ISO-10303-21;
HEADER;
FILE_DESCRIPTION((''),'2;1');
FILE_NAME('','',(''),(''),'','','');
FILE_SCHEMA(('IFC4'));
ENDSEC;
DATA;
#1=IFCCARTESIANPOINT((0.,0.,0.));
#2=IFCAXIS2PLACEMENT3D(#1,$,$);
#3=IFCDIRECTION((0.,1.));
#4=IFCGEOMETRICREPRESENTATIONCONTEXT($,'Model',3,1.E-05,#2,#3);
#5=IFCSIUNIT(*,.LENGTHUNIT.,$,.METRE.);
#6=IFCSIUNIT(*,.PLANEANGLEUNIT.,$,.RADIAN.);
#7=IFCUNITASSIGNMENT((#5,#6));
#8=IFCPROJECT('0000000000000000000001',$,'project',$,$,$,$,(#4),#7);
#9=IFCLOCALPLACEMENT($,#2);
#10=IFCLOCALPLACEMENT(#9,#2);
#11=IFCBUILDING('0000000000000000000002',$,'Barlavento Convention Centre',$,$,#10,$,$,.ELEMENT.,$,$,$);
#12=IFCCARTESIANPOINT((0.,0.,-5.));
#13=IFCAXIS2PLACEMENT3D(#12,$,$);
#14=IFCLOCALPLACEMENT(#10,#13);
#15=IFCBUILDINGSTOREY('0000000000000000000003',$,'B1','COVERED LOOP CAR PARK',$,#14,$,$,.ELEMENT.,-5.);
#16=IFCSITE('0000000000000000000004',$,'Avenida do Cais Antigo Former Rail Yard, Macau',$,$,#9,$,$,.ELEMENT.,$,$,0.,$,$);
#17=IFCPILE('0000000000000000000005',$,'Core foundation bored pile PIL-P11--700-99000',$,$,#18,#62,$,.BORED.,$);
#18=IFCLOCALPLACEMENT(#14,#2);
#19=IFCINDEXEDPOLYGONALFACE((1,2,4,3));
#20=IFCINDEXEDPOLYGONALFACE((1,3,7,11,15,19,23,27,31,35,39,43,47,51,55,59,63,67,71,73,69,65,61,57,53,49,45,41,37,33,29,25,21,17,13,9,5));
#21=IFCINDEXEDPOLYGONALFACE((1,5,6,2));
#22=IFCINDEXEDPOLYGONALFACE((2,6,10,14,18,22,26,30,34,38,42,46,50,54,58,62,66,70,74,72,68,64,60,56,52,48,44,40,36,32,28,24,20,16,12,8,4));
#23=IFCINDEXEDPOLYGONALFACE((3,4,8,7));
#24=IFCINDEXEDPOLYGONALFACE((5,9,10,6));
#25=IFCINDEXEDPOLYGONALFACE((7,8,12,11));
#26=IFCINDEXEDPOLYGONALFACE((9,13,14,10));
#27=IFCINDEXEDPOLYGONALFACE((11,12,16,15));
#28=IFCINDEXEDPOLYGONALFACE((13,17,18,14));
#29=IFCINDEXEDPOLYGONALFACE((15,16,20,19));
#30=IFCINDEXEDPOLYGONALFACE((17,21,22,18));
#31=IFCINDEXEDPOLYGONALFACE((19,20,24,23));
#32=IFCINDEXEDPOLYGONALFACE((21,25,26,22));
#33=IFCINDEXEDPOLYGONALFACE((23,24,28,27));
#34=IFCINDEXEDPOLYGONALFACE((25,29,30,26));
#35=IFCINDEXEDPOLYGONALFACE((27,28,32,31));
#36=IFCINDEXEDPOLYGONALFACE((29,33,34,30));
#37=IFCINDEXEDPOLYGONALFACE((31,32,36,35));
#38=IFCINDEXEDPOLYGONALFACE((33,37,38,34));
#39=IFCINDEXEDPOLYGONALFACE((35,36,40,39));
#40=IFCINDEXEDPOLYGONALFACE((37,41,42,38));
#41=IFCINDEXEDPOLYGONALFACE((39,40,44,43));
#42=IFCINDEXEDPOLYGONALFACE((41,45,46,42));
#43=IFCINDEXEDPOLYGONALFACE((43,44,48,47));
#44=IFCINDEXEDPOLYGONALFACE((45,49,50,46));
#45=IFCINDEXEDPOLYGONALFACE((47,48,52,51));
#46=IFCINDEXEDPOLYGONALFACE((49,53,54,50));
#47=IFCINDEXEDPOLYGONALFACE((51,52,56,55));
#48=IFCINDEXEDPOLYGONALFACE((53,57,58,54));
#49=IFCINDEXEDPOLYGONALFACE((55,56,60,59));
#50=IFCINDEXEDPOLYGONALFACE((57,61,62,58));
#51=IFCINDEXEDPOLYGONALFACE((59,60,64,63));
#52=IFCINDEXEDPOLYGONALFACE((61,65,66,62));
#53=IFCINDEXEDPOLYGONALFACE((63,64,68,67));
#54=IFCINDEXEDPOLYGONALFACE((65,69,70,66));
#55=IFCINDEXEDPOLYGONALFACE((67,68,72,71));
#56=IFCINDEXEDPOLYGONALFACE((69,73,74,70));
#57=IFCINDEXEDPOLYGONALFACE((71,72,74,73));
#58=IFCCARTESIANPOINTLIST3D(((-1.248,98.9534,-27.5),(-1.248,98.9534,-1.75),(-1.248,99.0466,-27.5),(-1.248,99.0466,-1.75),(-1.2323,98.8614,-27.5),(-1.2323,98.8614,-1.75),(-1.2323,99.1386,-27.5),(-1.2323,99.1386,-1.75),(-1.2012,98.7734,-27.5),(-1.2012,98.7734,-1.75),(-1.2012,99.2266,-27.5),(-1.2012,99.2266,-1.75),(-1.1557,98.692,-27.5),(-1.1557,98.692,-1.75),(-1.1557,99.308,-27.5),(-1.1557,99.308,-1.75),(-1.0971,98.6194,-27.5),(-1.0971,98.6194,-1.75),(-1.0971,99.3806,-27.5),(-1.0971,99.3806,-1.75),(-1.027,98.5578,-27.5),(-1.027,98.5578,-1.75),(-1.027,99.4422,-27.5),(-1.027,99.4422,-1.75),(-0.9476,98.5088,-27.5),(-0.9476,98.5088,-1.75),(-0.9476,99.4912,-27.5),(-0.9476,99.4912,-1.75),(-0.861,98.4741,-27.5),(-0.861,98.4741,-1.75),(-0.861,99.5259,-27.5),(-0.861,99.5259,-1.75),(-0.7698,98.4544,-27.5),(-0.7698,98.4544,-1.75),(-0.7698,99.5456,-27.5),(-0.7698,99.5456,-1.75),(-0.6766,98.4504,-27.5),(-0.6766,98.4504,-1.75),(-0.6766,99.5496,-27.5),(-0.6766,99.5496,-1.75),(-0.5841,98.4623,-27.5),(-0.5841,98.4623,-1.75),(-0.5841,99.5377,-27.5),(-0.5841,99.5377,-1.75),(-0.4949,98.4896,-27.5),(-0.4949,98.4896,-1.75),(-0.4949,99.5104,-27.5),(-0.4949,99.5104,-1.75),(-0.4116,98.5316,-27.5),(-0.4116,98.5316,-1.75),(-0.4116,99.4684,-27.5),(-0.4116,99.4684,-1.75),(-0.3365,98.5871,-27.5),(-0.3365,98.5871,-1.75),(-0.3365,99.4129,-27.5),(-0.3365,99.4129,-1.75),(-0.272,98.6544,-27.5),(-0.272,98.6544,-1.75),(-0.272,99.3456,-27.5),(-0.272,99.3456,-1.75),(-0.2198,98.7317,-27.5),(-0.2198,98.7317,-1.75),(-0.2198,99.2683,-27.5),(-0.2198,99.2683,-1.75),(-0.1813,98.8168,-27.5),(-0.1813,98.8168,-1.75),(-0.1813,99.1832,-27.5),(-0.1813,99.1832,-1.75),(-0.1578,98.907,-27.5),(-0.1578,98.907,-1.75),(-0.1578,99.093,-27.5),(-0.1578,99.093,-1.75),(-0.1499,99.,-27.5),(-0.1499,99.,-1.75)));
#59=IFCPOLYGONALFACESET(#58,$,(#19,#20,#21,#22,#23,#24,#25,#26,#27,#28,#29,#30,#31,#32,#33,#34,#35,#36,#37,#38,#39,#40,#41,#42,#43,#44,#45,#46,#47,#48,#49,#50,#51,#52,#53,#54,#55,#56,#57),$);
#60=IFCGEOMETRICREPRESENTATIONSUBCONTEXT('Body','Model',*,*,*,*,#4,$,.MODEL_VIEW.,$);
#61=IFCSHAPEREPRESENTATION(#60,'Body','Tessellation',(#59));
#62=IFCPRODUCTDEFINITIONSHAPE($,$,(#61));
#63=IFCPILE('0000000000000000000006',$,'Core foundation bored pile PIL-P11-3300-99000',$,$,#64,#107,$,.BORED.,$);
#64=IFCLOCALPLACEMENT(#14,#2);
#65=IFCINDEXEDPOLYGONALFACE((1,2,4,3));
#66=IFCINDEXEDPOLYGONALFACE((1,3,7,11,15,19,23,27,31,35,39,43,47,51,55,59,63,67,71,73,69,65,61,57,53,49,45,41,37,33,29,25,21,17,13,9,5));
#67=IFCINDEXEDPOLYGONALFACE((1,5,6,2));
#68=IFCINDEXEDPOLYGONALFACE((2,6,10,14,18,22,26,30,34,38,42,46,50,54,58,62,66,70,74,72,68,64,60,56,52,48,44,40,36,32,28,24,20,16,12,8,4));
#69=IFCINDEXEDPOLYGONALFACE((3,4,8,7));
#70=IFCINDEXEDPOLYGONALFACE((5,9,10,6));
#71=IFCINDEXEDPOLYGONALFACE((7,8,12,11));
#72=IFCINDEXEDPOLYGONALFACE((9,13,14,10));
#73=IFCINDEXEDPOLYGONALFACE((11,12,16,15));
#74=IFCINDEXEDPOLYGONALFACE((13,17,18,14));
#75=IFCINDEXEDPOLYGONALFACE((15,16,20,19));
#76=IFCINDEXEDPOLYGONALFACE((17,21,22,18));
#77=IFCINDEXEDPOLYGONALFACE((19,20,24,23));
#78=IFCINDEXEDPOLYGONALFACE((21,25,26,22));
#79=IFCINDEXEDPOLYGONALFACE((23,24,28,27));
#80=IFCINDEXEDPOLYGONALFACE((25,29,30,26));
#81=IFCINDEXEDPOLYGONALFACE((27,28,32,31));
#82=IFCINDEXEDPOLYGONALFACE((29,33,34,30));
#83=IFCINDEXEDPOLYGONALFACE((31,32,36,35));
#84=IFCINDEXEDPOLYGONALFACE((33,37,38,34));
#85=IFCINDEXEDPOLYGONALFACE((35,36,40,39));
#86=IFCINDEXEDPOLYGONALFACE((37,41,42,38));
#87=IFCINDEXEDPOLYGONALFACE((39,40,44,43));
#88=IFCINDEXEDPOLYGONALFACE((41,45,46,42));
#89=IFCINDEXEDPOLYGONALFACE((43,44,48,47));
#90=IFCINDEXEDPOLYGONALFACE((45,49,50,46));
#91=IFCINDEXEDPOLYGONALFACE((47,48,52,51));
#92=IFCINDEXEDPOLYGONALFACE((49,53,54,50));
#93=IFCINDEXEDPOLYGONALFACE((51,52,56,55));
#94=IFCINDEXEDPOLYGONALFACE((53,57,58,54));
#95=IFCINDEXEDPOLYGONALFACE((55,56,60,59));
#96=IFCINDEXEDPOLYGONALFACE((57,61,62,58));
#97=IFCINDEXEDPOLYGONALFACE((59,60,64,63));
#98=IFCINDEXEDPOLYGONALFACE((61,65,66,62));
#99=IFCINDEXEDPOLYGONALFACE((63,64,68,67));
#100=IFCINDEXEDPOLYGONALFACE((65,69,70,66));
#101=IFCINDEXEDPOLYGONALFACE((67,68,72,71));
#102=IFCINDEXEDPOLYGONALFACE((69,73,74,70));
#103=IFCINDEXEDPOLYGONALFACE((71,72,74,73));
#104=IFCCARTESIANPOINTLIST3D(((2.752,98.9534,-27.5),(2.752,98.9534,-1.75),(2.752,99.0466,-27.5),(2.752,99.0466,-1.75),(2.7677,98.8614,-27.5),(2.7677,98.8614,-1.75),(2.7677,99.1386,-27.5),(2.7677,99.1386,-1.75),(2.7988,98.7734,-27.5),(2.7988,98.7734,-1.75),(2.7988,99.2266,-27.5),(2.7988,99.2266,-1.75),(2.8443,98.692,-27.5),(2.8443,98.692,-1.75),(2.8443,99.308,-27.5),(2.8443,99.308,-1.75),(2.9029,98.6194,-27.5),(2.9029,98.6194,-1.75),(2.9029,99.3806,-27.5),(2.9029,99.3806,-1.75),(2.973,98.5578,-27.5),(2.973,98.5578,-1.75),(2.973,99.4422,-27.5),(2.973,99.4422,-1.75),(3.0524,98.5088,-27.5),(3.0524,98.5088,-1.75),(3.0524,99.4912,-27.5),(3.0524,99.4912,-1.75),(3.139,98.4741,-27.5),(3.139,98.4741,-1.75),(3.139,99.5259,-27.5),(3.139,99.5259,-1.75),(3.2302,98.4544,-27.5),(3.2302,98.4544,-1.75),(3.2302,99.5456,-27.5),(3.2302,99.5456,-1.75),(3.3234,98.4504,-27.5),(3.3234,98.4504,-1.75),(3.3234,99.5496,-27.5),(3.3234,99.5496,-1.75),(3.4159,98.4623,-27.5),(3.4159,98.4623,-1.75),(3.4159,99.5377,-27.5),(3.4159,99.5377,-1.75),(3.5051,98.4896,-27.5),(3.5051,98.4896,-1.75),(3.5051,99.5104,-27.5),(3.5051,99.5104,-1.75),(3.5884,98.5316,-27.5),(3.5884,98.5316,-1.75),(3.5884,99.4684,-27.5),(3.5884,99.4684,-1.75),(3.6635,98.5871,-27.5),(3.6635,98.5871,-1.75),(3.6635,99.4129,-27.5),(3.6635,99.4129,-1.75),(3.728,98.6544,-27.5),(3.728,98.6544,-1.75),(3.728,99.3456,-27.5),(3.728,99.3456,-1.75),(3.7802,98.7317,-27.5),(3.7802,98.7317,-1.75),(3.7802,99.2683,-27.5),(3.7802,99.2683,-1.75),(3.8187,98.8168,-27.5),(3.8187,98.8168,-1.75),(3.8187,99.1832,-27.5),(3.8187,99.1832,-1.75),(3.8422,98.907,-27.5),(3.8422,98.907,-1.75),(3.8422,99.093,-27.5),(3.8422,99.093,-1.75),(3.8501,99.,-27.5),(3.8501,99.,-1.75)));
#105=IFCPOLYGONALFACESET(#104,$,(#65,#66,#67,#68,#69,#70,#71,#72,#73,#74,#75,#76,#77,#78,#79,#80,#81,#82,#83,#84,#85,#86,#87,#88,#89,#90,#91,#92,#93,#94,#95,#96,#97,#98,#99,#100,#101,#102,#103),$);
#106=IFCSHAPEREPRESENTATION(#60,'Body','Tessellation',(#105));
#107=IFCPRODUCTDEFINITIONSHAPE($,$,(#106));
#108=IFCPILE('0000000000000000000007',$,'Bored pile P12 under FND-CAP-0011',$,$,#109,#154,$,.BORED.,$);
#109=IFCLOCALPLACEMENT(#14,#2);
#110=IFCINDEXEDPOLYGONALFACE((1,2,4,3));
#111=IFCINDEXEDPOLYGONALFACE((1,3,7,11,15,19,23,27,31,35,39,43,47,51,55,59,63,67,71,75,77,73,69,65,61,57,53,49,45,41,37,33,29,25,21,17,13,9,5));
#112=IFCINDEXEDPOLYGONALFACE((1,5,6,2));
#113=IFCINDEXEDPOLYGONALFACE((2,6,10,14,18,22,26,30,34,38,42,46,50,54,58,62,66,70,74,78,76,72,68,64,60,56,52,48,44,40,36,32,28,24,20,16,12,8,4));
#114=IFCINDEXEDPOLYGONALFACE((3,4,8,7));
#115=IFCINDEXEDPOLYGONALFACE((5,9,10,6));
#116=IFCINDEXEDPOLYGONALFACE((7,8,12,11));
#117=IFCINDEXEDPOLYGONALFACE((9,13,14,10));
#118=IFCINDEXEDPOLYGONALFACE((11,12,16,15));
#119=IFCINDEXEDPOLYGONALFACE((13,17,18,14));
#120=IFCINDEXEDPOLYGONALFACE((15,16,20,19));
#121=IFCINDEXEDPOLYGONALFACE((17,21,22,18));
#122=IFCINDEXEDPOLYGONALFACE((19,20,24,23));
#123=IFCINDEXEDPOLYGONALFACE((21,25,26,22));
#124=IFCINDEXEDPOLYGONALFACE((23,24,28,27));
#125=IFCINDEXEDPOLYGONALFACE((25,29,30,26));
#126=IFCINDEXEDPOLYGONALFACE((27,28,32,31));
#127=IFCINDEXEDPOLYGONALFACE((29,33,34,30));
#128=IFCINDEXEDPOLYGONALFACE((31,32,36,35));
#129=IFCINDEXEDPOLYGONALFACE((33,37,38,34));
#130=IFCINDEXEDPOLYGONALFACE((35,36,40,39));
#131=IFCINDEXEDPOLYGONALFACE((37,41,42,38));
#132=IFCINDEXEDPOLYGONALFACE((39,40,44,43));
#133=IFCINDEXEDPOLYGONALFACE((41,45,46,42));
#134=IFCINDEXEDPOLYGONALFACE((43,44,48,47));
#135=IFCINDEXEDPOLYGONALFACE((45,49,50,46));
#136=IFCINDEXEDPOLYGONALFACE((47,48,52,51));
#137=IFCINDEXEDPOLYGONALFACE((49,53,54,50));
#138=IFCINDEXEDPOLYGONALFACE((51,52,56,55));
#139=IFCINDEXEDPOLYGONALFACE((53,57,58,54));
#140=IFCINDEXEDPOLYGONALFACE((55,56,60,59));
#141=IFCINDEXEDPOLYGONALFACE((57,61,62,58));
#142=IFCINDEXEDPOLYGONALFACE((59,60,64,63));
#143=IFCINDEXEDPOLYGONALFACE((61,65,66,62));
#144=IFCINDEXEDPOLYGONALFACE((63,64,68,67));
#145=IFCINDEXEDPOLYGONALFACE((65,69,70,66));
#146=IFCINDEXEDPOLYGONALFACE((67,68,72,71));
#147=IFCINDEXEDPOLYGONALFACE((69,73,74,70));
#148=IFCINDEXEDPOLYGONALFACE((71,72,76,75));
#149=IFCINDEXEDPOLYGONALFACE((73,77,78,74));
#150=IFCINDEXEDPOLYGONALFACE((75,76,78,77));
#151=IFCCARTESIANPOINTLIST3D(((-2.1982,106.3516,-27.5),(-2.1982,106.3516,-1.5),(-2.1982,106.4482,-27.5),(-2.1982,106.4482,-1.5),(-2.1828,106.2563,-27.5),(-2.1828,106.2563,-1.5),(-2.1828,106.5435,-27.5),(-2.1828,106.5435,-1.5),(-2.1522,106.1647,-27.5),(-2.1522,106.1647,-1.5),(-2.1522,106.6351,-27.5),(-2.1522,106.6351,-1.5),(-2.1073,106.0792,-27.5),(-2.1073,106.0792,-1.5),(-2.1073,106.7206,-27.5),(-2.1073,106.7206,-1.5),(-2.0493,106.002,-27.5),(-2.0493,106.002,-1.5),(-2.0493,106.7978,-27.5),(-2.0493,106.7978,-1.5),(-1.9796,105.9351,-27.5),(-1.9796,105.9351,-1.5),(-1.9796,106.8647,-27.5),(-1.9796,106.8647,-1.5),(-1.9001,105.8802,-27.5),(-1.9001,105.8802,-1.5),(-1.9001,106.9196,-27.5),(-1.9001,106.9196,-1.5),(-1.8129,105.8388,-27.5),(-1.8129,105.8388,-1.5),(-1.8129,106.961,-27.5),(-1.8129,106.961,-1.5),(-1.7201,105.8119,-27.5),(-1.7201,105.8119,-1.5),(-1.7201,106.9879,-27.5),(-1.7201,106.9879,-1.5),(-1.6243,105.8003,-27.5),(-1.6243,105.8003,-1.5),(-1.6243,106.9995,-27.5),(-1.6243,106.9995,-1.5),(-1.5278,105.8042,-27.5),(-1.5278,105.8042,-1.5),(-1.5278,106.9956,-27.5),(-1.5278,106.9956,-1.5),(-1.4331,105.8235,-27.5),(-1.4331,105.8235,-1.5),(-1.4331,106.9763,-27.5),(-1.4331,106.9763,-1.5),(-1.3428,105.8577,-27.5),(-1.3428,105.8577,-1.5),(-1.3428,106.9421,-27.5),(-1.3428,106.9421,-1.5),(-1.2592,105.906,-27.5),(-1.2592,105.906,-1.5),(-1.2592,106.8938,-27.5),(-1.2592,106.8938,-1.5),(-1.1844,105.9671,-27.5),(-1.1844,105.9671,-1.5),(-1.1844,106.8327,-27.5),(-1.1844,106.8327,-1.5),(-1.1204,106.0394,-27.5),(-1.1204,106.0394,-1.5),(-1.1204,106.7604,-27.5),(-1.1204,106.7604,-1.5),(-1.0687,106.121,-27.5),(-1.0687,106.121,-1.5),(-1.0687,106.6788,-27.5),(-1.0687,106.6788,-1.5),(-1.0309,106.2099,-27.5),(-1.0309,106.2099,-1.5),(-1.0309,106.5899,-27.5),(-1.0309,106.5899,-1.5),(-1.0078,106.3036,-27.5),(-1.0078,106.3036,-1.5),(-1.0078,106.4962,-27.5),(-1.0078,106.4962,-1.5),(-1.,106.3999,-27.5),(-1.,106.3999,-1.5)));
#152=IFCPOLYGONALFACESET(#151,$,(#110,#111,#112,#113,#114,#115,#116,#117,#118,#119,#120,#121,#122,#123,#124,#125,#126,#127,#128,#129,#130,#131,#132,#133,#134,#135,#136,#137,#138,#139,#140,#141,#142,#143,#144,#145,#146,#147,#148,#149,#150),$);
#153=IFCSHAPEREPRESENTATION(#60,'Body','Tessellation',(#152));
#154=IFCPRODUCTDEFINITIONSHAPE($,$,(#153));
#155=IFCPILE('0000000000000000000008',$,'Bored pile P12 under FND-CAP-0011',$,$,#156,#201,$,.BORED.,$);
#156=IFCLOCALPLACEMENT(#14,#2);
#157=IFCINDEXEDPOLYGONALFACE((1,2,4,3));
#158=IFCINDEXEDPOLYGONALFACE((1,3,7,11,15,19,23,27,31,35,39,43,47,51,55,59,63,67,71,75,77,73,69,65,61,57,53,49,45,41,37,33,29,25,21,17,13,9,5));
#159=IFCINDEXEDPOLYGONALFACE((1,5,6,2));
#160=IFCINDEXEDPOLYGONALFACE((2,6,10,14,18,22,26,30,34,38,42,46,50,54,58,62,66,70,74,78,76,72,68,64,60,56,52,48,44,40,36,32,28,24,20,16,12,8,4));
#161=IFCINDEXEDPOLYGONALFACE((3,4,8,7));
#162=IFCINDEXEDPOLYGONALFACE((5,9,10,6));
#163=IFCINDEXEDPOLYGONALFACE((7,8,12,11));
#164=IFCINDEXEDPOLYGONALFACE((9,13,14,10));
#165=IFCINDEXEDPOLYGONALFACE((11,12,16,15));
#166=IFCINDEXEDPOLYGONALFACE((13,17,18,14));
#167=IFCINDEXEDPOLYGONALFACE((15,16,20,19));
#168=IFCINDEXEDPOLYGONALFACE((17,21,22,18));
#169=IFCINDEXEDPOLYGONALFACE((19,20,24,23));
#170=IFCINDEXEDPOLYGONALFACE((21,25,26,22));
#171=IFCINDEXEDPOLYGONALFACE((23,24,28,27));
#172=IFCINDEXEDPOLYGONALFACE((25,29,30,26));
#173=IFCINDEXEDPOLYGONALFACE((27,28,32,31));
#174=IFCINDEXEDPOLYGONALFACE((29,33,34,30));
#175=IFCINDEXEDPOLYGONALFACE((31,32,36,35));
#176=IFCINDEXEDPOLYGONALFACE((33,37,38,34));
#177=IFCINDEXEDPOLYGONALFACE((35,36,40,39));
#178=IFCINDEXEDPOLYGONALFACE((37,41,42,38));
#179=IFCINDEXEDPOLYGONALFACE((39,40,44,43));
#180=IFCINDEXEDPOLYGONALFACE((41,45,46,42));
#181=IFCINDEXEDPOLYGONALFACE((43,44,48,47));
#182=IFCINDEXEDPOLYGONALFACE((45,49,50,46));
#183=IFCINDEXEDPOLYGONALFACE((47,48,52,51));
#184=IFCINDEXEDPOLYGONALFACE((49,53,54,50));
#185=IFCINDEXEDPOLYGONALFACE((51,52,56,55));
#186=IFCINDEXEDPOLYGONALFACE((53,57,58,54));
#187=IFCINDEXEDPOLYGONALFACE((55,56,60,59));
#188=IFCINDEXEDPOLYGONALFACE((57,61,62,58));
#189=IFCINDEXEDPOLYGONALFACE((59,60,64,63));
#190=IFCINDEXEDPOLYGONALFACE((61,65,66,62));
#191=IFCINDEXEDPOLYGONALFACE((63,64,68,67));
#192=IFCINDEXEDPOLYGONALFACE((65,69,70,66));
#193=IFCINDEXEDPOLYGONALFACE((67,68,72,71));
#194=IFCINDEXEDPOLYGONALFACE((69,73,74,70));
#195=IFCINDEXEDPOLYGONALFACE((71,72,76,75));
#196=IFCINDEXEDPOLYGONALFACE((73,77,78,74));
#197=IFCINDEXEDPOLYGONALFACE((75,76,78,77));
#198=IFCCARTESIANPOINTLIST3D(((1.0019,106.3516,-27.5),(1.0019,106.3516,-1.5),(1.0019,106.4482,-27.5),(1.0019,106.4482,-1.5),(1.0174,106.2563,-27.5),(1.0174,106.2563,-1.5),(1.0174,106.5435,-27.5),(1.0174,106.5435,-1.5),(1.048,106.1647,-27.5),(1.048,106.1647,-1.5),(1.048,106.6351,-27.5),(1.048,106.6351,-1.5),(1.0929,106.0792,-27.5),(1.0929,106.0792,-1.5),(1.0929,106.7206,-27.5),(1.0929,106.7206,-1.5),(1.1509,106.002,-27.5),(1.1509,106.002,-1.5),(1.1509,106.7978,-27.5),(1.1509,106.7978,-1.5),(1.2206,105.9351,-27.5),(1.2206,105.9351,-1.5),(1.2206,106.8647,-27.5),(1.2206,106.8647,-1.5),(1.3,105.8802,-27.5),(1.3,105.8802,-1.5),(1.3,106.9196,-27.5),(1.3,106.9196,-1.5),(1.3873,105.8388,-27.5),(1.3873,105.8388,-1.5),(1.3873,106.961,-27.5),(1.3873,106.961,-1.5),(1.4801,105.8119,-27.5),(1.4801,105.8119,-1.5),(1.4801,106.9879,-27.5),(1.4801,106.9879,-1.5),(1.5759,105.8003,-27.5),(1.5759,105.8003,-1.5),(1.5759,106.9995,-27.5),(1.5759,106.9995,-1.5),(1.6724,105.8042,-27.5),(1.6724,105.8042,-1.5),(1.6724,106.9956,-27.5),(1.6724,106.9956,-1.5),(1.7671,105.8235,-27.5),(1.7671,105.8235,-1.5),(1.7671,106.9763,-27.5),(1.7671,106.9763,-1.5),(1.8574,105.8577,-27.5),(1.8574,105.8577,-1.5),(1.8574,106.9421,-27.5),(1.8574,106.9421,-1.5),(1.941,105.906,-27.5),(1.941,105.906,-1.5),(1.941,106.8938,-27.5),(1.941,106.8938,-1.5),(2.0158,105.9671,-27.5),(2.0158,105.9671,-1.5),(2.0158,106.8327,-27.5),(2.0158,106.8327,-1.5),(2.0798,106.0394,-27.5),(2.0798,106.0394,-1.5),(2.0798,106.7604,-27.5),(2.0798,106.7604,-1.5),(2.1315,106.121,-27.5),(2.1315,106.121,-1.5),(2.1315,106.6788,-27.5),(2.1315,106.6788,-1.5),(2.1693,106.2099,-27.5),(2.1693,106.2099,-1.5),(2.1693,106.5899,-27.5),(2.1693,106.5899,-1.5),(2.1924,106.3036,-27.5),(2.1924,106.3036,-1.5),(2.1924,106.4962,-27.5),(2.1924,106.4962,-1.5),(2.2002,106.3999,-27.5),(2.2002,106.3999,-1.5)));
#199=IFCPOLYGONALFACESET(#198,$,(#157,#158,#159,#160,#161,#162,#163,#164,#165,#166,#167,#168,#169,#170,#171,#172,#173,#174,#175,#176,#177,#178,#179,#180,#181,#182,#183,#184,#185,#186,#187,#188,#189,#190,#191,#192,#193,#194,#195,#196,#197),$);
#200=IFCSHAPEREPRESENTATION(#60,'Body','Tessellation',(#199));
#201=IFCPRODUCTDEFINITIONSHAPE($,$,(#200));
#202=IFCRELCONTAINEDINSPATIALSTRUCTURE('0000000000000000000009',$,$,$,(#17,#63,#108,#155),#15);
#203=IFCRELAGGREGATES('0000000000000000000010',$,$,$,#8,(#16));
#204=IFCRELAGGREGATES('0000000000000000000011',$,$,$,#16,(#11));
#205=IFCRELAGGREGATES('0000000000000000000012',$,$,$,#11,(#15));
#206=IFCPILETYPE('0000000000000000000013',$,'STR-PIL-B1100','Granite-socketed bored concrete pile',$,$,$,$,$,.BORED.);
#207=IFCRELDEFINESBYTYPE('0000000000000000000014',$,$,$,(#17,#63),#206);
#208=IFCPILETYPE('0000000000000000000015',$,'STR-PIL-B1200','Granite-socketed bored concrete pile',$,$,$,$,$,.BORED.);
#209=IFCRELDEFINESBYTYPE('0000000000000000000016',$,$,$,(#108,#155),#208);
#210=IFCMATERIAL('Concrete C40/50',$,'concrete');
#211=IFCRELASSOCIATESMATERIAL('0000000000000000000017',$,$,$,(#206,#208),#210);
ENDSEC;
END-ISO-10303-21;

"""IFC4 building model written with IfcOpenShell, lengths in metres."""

from ifc_helpers import new_model, si_unit, direction, frame, origin, origin_2d, place, context, subcontext, project, spatial, circle, extrude, material, material_profile, profile_set, type_object, element, save


model = new_model("IFC4")

# Units and contexts
model_context = context("Model", 3, precision=1e-05, world=origin(), true_north=direction((0.0, 1.0)))
body_context = subcontext(model_context, "Body", "Model", "MODEL_VIEW")
ifc_project = project(units=[si_unit("LENGTHUNIT", "METRE"), si_unit("PLANEANGLEUNIT", "RADIAN")], contexts=[model_context])

# Site, building, storey
site_placement = place(None, origin())
site = spatial("IfcSite", under=ifc_project, at=site_placement, Name="Avenida do Cais Antigo Former Rail Yard, Macau", CompositionType="ELEMENT", RefElevation=0.0)
building_placement = place(site_placement, origin())
building = spatial("IfcBuilding", under=site, at=building_placement, Name="Barlavento Convention Centre", CompositionType="ELEMENT")
storey_placement = place(building_placement, frame((0.0, 0.0, -5.0)))
storey = spatial("IfcBuildingStorey", under=building, at=storey_placement, Name="B1", Description="COVERED LOOP CAR PARK", CompositionType="ELEMENT", Elevation=-5.0)

# Shared definitions
ifc_material_1 = material(Name="Concrete C40/50", Category="concrete")

# Piles
ifc_material_profile_1 = material_profile(ifc_material_1, circle(Radius=0.55, at=origin_2d()), Name="BORED PILE 1100")
ifc_profile_set_1 = profile_set([ifc_material_profile_1], Name="Concrete C40/50")
pile_type_1 = type_object("IfcPileType", Name="STR-PIL-B1100", Description="Granite-socketed bored concrete pile", PredefinedType="BORED", material=ifc_profile_set_1)
for number, where, z_axis, x_axis, name in (
    (1, (-0.7, 99.0, -1.75), (0.0, 0.0, -1.0), (1.0, 0.0, 0.0), "Core foundation bored pile PIL-P11--700-99000"),
    (2, (3.3, 99.0, -1.75), (0.0, 0.0, -1.0), (1.0, 0.0, 0.0), "Core foundation bored pile PIL-P11-3300-99000"),
):
    element("IfcPile", number, at=place(storey_placement, frame(where, z_axis=z_axis, x_axis=x_axis)), inside=storey, type_object=pile_type_1, Name=name, PredefinedType="BORED", context=body_context, shape_type="SweptSolid", body=[
        extrude(circle(Radius=0.55, at=origin_2d()), origin(), (0.0, 0.0, 1.0), 25.75),
    ])
ifc_material_profile_2 = material_profile(ifc_material_1, circle(Radius=0.6001, at=origin_2d()), Name="BORED PILE 1200")
ifc_profile_set_2 = profile_set([ifc_material_profile_2], Name="Concrete C40/50")
pile_type_2 = type_object("IfcPileType", Name="STR-PIL-B1200", Description="Granite-socketed bored concrete pile", PredefinedType="BORED", material=ifc_profile_set_2)
for number, where, z_axis, x_axis, name in (
    (3, (-1.6001, 106.3999, -1.5), (0.0, 0.0, -1.0), (1.0, 0.0, 0.0), "Bored pile P12 under FND-CAP-0011"),
    (4, (1.6001, 106.3999, -1.5), (0.0, 0.0, -1.0), (1.0, 0.0, 0.0), "Bored pile P12 under FND-CAP-0011"),
):
    element("IfcPile", number, at=place(storey_placement, frame(where, z_axis=z_axis, x_axis=x_axis)), inside=storey, type_object=pile_type_2, Name=name, PredefinedType="BORED", context=body_context, shape_type="SweptSolid", body=[
        extrude(circle(Radius=0.6001, at=origin_2d()), origin(), (0.0, 0.0, 1.0), 26.0),
    ])

save(model, "model.ifc")
